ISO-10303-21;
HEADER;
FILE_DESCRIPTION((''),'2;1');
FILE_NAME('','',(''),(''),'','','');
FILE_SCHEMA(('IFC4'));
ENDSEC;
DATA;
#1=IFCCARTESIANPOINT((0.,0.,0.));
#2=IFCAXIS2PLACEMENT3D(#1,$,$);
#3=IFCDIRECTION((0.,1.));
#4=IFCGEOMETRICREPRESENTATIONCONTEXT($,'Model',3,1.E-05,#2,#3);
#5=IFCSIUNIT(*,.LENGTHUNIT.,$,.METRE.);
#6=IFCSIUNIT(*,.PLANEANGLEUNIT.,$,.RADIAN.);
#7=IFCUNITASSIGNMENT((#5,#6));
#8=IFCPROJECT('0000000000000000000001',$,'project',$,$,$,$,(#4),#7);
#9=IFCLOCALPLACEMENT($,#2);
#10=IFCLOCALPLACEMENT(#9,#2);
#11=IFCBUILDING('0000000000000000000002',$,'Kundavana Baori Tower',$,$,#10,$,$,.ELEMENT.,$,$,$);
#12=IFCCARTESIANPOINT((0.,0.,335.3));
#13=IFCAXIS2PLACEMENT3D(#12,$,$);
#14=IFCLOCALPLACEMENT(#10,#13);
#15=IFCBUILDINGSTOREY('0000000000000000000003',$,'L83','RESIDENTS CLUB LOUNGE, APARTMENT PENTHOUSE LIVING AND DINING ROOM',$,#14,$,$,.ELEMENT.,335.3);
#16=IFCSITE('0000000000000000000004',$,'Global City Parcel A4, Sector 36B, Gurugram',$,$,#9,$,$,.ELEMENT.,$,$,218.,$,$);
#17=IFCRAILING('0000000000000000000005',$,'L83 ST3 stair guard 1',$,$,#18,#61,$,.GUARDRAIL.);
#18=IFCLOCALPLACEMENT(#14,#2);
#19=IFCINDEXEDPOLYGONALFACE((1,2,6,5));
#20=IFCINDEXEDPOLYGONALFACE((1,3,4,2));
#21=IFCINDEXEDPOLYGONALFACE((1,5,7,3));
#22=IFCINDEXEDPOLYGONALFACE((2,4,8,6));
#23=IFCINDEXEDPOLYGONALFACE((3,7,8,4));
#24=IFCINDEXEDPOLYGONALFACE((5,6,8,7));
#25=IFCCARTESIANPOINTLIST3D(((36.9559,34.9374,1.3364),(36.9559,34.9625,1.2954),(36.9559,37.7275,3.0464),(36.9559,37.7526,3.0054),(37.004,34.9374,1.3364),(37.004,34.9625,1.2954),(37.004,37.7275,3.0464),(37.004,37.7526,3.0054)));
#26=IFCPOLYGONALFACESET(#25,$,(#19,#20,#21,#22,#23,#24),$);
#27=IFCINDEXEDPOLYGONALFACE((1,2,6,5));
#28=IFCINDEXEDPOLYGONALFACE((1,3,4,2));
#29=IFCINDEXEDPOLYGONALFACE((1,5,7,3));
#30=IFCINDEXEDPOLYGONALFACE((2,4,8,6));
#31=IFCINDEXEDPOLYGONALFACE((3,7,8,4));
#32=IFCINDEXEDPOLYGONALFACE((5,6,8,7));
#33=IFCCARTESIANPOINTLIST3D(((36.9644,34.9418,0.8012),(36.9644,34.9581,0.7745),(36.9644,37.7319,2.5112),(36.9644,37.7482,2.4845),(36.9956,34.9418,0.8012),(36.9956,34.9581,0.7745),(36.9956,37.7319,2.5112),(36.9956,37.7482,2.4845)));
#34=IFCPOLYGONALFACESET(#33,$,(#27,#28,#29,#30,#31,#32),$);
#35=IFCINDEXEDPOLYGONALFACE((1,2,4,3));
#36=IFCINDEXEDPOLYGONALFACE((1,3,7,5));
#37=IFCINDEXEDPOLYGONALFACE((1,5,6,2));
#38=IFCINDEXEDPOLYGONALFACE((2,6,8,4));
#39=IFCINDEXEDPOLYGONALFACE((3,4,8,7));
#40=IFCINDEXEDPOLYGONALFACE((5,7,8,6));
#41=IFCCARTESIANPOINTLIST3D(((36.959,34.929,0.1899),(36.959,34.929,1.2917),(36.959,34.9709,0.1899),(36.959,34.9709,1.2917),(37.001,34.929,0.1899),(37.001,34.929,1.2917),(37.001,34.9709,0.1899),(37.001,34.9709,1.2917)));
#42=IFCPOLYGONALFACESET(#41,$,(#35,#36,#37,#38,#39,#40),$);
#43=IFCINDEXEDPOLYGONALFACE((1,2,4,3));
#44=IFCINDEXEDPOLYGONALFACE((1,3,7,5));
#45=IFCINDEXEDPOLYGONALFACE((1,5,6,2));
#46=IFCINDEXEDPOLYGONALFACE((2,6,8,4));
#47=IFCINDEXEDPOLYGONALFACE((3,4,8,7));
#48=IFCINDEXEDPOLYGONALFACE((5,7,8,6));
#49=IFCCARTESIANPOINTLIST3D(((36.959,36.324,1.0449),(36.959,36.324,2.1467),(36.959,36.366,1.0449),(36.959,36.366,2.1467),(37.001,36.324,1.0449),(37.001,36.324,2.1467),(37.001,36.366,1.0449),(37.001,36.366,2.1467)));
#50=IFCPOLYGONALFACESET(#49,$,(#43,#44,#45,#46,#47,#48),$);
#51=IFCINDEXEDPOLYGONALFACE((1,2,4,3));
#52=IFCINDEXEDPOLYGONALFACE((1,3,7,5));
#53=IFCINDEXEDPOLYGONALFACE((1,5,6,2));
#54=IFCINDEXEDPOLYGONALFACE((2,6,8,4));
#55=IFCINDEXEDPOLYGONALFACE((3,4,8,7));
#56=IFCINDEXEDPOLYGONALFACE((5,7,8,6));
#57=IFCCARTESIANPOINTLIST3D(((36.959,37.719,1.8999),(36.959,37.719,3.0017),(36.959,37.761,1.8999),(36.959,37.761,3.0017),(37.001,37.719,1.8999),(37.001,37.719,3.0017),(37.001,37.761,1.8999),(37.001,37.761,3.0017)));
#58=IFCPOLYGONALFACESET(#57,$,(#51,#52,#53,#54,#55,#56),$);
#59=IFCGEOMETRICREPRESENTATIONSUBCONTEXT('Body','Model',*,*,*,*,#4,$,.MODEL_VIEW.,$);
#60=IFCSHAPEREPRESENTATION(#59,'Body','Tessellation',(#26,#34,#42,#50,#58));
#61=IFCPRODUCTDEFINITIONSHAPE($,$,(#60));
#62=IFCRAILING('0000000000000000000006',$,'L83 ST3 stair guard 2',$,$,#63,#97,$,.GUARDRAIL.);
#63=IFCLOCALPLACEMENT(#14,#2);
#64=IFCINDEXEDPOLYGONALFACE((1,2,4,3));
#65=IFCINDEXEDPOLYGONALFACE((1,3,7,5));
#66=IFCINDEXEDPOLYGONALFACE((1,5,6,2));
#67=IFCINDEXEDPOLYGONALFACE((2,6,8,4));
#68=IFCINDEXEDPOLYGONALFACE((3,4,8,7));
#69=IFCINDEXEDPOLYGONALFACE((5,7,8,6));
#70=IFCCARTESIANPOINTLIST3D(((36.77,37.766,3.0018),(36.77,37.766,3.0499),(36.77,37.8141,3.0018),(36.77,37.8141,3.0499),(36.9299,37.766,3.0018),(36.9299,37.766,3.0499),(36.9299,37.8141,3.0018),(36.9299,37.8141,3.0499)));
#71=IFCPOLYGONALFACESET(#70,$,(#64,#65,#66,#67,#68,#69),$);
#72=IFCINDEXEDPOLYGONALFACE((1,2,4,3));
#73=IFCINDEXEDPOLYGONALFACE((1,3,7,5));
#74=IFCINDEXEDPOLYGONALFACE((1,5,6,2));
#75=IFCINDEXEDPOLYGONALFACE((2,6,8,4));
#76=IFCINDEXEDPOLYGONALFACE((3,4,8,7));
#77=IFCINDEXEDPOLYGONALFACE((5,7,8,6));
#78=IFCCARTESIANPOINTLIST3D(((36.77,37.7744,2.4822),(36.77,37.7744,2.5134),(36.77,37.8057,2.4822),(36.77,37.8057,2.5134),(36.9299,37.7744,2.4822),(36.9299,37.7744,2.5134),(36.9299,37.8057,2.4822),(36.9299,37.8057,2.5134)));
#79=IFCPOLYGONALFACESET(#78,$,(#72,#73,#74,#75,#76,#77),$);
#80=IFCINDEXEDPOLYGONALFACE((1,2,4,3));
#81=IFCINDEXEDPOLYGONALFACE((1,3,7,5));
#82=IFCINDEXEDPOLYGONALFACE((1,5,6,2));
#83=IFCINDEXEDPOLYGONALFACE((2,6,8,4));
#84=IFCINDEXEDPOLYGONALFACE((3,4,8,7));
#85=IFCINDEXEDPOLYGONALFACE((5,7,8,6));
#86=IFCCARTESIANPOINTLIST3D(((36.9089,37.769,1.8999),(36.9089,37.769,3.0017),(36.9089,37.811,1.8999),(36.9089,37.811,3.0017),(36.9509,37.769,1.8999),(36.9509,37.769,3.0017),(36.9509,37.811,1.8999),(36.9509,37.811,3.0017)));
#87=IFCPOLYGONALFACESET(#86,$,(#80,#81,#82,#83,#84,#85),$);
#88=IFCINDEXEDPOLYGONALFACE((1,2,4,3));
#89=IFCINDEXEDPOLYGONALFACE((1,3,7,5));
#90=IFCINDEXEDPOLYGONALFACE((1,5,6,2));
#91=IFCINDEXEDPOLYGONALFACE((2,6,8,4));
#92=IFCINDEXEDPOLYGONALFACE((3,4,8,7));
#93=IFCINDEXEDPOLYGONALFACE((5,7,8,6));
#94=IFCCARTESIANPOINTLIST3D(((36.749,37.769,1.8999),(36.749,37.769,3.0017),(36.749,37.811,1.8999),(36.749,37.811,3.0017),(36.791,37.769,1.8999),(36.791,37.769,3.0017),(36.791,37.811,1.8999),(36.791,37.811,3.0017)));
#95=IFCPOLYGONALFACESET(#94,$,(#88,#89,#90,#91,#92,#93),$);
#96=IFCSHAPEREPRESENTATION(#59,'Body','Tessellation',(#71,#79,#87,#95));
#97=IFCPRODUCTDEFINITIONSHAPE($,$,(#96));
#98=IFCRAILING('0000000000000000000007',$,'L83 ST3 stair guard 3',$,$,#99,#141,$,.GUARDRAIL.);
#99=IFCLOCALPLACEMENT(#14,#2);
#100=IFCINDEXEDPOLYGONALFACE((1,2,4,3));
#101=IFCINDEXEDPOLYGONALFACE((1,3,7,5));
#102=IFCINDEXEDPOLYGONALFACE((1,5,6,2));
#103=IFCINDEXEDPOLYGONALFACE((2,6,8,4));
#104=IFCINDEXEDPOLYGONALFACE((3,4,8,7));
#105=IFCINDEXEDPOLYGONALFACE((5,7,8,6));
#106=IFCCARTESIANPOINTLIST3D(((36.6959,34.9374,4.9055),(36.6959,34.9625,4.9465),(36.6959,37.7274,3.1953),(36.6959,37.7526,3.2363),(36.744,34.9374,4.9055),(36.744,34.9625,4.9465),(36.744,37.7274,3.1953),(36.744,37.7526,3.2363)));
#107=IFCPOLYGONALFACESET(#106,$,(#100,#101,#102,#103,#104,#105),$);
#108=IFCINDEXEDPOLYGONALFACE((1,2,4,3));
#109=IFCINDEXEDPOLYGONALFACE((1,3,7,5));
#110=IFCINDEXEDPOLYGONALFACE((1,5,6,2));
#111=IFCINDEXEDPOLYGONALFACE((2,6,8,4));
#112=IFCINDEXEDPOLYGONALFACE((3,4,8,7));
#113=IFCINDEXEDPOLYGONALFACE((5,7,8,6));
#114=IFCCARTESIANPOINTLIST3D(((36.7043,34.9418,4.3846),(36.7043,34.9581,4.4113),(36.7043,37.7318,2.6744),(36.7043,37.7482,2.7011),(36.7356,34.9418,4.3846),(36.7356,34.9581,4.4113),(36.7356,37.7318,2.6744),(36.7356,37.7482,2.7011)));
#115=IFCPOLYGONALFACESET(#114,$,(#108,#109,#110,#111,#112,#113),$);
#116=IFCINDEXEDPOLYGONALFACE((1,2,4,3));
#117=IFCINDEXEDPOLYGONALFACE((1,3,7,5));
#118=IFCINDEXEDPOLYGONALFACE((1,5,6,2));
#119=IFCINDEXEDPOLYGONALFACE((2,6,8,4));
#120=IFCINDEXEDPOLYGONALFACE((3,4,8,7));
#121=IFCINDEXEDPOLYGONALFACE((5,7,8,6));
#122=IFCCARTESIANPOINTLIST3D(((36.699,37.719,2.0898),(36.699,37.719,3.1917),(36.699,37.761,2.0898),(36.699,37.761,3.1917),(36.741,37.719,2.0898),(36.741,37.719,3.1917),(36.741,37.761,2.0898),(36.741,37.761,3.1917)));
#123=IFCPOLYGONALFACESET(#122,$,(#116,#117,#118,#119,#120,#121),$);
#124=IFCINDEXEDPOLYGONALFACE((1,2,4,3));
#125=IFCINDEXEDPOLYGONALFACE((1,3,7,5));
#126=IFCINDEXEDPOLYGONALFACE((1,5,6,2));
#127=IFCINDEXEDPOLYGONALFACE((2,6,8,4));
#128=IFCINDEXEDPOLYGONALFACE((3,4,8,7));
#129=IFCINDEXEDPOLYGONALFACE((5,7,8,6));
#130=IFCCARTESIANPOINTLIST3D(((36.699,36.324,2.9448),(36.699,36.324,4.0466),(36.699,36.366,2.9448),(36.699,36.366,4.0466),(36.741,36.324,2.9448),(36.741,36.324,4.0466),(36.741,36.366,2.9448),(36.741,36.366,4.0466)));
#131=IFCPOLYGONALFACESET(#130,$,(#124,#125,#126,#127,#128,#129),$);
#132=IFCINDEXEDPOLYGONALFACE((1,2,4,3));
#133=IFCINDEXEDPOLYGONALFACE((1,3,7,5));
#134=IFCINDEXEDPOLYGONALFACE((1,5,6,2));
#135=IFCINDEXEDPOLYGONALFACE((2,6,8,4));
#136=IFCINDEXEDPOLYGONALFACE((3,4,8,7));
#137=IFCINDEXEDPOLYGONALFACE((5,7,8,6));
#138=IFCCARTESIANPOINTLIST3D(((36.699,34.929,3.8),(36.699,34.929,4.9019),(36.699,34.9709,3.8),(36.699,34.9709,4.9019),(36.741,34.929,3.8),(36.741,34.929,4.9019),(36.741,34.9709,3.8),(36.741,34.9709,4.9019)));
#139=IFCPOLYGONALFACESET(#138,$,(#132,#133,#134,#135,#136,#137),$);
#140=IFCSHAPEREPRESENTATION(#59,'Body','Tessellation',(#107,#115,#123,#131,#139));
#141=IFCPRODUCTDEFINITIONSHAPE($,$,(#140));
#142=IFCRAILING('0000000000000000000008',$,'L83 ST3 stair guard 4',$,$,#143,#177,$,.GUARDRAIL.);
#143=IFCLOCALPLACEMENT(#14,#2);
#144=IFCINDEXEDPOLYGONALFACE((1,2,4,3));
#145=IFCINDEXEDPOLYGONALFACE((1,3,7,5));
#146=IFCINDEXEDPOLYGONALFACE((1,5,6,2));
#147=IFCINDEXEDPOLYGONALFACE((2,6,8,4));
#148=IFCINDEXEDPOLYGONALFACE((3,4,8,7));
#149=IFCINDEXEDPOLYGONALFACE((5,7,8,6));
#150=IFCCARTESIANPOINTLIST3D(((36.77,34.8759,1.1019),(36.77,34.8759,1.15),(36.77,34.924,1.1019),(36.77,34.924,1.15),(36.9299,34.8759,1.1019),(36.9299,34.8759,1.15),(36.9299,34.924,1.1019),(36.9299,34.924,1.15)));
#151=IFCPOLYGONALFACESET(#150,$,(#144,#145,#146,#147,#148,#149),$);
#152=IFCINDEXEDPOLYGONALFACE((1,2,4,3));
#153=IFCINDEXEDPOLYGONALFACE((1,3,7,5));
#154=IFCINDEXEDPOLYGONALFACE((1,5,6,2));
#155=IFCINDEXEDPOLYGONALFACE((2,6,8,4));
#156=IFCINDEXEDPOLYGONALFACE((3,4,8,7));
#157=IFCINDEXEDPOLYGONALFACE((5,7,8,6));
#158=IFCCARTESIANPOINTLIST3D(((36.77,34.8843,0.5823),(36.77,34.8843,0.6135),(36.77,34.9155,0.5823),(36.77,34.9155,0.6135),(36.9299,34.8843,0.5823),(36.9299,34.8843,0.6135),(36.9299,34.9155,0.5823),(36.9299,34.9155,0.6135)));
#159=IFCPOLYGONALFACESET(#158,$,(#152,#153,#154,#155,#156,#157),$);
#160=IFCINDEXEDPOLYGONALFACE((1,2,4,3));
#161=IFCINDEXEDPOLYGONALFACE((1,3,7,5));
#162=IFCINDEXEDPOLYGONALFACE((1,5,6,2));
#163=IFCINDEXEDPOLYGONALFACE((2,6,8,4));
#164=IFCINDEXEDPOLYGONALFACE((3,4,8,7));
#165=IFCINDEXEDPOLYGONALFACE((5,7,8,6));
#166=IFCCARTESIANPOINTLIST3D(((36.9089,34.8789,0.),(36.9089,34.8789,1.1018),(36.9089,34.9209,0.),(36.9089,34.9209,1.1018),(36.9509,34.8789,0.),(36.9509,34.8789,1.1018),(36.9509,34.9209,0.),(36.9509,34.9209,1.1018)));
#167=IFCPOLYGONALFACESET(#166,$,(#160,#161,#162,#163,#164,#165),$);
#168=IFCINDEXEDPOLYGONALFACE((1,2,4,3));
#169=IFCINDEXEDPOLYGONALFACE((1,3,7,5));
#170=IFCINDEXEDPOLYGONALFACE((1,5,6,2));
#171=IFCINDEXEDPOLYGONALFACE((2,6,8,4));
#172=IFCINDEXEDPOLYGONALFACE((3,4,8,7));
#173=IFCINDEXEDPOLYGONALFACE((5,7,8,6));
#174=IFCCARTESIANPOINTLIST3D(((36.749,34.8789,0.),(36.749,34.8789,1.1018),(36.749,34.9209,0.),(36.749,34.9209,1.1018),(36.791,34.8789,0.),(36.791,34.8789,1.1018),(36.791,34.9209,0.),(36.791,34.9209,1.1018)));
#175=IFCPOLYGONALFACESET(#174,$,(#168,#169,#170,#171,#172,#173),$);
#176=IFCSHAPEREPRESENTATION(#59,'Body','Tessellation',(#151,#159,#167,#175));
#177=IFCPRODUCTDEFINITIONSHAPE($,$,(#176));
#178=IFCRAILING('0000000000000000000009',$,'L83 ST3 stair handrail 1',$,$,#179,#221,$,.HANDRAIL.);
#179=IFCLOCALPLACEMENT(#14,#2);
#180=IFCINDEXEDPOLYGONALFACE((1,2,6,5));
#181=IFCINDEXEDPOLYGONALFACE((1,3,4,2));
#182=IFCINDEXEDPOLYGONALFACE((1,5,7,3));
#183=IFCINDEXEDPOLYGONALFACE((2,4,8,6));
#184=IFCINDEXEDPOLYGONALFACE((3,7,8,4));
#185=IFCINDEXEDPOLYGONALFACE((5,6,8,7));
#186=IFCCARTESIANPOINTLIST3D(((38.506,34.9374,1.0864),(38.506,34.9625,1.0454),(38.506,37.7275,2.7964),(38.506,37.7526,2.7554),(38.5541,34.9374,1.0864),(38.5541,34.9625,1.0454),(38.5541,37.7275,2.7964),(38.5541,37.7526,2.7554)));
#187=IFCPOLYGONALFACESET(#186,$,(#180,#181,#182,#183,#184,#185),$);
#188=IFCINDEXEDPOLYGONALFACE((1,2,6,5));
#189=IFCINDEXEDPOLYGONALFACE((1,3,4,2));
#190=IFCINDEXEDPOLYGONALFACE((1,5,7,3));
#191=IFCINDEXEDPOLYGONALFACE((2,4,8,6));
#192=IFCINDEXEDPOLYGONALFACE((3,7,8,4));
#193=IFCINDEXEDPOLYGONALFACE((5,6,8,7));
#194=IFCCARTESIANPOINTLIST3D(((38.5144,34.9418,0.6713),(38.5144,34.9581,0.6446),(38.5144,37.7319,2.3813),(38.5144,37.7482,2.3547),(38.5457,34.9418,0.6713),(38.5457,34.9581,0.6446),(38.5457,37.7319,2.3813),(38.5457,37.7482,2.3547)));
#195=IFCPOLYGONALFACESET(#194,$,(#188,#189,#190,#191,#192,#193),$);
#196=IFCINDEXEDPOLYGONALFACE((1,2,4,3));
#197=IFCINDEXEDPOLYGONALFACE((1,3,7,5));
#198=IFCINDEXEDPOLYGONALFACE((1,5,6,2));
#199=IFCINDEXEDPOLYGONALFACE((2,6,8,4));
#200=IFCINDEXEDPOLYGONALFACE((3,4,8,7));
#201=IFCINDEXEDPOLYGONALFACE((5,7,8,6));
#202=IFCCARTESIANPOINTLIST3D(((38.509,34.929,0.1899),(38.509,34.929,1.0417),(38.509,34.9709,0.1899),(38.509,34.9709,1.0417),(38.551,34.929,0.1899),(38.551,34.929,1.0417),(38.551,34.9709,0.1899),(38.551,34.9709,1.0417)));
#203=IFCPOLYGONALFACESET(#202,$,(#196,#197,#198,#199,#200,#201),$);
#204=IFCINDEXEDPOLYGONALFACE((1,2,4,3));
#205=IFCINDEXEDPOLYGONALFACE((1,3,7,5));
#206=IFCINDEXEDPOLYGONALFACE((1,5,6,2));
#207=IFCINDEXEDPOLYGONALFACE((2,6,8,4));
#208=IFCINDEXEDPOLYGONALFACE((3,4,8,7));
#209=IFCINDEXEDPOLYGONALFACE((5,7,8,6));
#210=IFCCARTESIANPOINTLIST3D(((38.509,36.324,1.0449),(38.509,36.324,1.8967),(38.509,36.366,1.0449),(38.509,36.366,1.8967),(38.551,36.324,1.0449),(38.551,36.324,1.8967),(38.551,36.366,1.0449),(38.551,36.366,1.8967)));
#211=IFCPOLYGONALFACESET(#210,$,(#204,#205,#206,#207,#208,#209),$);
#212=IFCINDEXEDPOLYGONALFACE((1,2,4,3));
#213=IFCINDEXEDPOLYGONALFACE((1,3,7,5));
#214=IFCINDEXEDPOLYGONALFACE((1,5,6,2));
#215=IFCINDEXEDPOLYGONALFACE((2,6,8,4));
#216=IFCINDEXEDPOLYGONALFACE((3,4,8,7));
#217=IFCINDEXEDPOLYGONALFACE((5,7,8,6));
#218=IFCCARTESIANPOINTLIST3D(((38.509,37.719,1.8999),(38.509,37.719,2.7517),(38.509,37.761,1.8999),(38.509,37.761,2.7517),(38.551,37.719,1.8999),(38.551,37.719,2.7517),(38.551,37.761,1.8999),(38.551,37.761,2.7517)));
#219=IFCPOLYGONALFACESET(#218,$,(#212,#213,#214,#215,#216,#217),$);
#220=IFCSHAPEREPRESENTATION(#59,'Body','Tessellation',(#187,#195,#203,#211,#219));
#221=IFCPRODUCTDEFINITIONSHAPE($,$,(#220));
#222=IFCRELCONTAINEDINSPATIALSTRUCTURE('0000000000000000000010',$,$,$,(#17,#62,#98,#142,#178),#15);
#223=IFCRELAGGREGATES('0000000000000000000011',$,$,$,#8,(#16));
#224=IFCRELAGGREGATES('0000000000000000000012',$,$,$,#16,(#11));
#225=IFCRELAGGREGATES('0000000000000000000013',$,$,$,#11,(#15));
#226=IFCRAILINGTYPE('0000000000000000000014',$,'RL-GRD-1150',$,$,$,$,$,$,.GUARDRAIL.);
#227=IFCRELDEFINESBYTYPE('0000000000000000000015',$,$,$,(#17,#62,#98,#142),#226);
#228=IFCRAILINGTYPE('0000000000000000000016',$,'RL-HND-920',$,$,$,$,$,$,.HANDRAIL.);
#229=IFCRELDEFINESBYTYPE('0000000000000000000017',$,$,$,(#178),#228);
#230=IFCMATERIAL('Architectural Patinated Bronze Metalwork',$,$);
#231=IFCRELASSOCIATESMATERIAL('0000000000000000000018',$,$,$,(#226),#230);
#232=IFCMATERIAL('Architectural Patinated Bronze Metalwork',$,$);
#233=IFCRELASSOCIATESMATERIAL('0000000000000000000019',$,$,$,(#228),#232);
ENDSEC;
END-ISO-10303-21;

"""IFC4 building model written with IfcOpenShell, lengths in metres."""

from ifc_helpers import new_model, si_unit, direction, frame, origin, origin_2d, place, context, subcontext, project, spatial, rectangle, extrude, material, type_object, element, save


model = new_model("IFC4")

# Units and contexts
model_context = context("Model", 3, precision=1e-05, world=origin(), true_north=direction((0.0, 1.0)))
body_context = subcontext(model_context, "Body", "Model", "MODEL_VIEW")
ifc_project = project(units=[si_unit("LENGTHUNIT", "METRE"), si_unit("PLANEANGLEUNIT", "RADIAN")], contexts=[model_context])

# Site, building, storey
site_placement = place(None, origin())
site = spatial("IfcSite", under=ifc_project, at=site_placement, Name="Global City Parcel A4, Sector 36B, Gurugram", CompositionType="ELEMENT", RefElevation=218.0)
building_placement = place(site_placement, origin())
building = spatial("IfcBuilding", under=site, at=building_placement, Name="Kundavana Baori Tower", CompositionType="ELEMENT")
storey_placement = place(building_placement, frame((0.0, 0.0, 335.3)))
storey = spatial("IfcBuildingStorey", under=building, at=storey_placement, Name="L83", Description="RESIDENTS CLUB LOUNGE, APARTMENT PENTHOUSE LIVING AND DINING ROOM", CompositionType="ELEMENT", Elevation=335.3)

# Railings
ifc_material_1 = material(Name="Architectural Patinated Bronze Metalwork")
railing_type_1 = type_object("IfcRailingType", Name="RL-GRD-1150", PredefinedType="GUARDRAIL", material=ifc_material_1)
railing_1_placement = place(storey_placement, frame((36.98, 34.95, 0.1899)))
element("IfcRailing", 1, at=railing_1_placement, inside=storey, type_object=railing_type_1, Name="L83 ST3 stair guard 1", PredefinedType="GUARDRAIL", context=body_context, shape_type="SweptSolid", body=[
    extrude(rectangle(XDim=0.0481, YDim=0.0481, at=origin_2d()), frame((0.0, 0.0, 1.126), z_axis=(0.0, 0.85261, 0.522548), x_axis=(-1.0, 0.0, 0.0)), (0.0, 0.0, 1.0), 3.2725),
    extrude(rectangle(XDim=0.0312, YDim=0.0312, at=origin_2d()), frame((0.0, 0.0, 0.5979), z_axis=(0.0, 0.85261, 0.522548), x_axis=(-1.0, 0.0, 0.0)), (0.0, 0.0, 1.0), 3.2725),
    extrude(rectangle(XDim=0.042, YDim=0.042, at=origin_2d()), origin(), (0.0, 0.0, 1.0), 1.1018),
    extrude(rectangle(XDim=0.042, YDim=0.042, at=origin_2d()), frame((0.0, 1.395, 0.855)), (0.0, 0.0, 1.0), 1.1018),
    extrude(rectangle(XDim=0.042, YDim=0.042, at=origin_2d()), frame((0.0, 2.79, 1.71)), (0.0, 0.0, 1.0), 1.1018),
])
railing_2_placement = place(storey_placement, frame((36.9299, 37.79, 1.8999)))
element("IfcRailing", 2, at=railing_2_placement, inside=storey, type_object=railing_type_1, Name="L83 ST3 stair guard 2", PredefinedType="GUARDRAIL", context=body_context, shape_type="SweptSolid", body=[
    extrude(rectangle(XDim=0.0481, YDim=0.0481, at=origin_2d()), frame((0.0, 0.0, 1.126), z_axis=(-1.0, 0.0, 0.0), x_axis=(0.0, -1.0, 0.0)), (0.0, 0.0, 1.0), 0.1599),
    extrude(rectangle(XDim=0.0312, YDim=0.0312, at=origin_2d()), frame((0.0, 0.0, 0.5979), z_axis=(-1.0, 0.0, 0.0), x_axis=(0.0, -1.0, 0.0)), (0.0, 0.0, 1.0), 0.1599),
    extrude(rectangle(XDim=0.042, YDim=0.042, at=origin_2d()), origin(), (0.0, 0.0, 1.0), 1.1018),
    extrude(rectangle(XDim=0.042, YDim=0.042, at=origin_2d()), frame((-0.1599, 0.0, 0.0)), (0.0, 0.0, 1.0), 1.1018),
])
railing_3_placement = place(storey_placement, frame((36.72, 37.74, 2.0898)))
element("IfcRailing", 3, at=railing_3_placement, inside=storey, type_object=railing_type_1, Name="L83 ST3 stair guard 3", PredefinedType="GUARDRAIL", context=body_context, shape_type="SweptSolid", body=[
    extrude(rectangle(XDim=0.0481, YDim=0.0481, at=origin_2d()), frame((0.0, 0.0, 1.126), z_axis=(0.0, -0.852577, 0.522602), x_axis=(1.0, 0.0, 0.0)), (0.0, 0.0, 1.0), 3.2725),
    extrude(rectangle(XDim=0.0312, YDim=0.0312, at=origin_2d()), frame((0.0, 0.0, 0.5979), z_axis=(0.0, -0.852577, 0.522602), x_axis=(1.0, 0.0, 0.0)), (0.0, 0.0, 1.0), 3.2725),
    extrude(rectangle(XDim=0.042, YDim=0.042, at=origin_2d()), origin(), (0.0, 0.0, 1.0), 1.1018),
    extrude(rectangle(XDim=0.042, YDim=0.042, at=origin_2d()), frame((0.0, -1.395, 0.855)), (0.0, 0.0, 1.0), 1.1018),
    extrude(rectangle(XDim=0.042, YDim=0.042, at=origin_2d()), frame((0.0, -2.79, 1.7102)), (0.0, 0.0, 1.0), 1.1018),
])
railing_4_placement = place(storey_placement, frame((36.9299, 34.8999, 0.0)))
element("IfcRailing", 4, at=railing_4_placement, inside=storey, type_object=railing_type_1, Name="L83 ST3 stair guard 4", PredefinedType="GUARDRAIL", context=body_context, shape_type="SweptSolid", body=[
    extrude(rectangle(XDim=0.0481, YDim=0.0481, at=origin_2d()), frame((0.0, 0.0, 1.126), z_axis=(-1.0, 0.0, 0.0), x_axis=(0.0, -1.0, 0.0)), (0.0, 0.0, 1.0), 0.1599),
    extrude(rectangle(XDim=0.0312, YDim=0.0312, at=origin_2d()), frame((0.0, 0.0, 0.5979), z_axis=(-1.0, 0.0, 0.0), x_axis=(0.0, -1.0, 0.0)), (0.0, 0.0, 1.0), 0.1599),
    extrude(rectangle(XDim=0.042, YDim=0.042, at=origin_2d()), origin(), (0.0, 0.0, 1.0), 1.1018),
    extrude(rectangle(XDim=0.042, YDim=0.042, at=origin_2d()), frame((-0.1599, 0.0, 0.0)), (0.0, 0.0, 1.0), 1.1018),
])
ifc_material_2 = material(Name="Architectural Patinated Bronze Metalwork")
railing_type_2 = type_object("IfcRailingType", Name="RL-HND-920", PredefinedType="HANDRAIL", material=ifc_material_2)
railing_5_placement = place(storey_placement, frame((38.53, 34.95, 0.1899)))
element("IfcRailing", 5, at=railing_5_placement, inside=storey, type_object=railing_type_2, Name="L83 ST3 stair handrail 1", PredefinedType="HANDRAIL", context=body_context, shape_type="SweptSolid", body=[
    extrude(rectangle(XDim=0.0481, YDim=0.0481, at=origin_2d()), frame((0.0, 0.0, 0.876), z_axis=(0.0, 0.85261, 0.522548), x_axis=(-1.0, 0.0, 0.0)), (0.0, 0.0, 1.0), 3.2725),
    extrude(rectangle(XDim=0.0312, YDim=0.0312, at=origin_2d()), frame((0.0, 0.0, 0.468), z_axis=(0.0, 0.85261, 0.522548), x_axis=(-1.0, 0.0, 0.0)), (0.0, 0.0, 1.0), 3.2725),
    extrude(rectangle(XDim=0.042, YDim=0.042, at=origin_2d()), origin(), (0.0, 0.0, 1.0), 0.8518),
    extrude(rectangle(XDim=0.042, YDim=0.042, at=origin_2d()), frame((0.0, 1.395, 0.855)), (0.0, 0.0, 1.0), 0.8518),
    extrude(rectangle(XDim=0.042, YDim=0.042, at=origin_2d()), frame((0.0, 2.79, 1.71)), (0.0, 0.0, 1.0), 0.8518),
])

save(model, "model.ifc")
